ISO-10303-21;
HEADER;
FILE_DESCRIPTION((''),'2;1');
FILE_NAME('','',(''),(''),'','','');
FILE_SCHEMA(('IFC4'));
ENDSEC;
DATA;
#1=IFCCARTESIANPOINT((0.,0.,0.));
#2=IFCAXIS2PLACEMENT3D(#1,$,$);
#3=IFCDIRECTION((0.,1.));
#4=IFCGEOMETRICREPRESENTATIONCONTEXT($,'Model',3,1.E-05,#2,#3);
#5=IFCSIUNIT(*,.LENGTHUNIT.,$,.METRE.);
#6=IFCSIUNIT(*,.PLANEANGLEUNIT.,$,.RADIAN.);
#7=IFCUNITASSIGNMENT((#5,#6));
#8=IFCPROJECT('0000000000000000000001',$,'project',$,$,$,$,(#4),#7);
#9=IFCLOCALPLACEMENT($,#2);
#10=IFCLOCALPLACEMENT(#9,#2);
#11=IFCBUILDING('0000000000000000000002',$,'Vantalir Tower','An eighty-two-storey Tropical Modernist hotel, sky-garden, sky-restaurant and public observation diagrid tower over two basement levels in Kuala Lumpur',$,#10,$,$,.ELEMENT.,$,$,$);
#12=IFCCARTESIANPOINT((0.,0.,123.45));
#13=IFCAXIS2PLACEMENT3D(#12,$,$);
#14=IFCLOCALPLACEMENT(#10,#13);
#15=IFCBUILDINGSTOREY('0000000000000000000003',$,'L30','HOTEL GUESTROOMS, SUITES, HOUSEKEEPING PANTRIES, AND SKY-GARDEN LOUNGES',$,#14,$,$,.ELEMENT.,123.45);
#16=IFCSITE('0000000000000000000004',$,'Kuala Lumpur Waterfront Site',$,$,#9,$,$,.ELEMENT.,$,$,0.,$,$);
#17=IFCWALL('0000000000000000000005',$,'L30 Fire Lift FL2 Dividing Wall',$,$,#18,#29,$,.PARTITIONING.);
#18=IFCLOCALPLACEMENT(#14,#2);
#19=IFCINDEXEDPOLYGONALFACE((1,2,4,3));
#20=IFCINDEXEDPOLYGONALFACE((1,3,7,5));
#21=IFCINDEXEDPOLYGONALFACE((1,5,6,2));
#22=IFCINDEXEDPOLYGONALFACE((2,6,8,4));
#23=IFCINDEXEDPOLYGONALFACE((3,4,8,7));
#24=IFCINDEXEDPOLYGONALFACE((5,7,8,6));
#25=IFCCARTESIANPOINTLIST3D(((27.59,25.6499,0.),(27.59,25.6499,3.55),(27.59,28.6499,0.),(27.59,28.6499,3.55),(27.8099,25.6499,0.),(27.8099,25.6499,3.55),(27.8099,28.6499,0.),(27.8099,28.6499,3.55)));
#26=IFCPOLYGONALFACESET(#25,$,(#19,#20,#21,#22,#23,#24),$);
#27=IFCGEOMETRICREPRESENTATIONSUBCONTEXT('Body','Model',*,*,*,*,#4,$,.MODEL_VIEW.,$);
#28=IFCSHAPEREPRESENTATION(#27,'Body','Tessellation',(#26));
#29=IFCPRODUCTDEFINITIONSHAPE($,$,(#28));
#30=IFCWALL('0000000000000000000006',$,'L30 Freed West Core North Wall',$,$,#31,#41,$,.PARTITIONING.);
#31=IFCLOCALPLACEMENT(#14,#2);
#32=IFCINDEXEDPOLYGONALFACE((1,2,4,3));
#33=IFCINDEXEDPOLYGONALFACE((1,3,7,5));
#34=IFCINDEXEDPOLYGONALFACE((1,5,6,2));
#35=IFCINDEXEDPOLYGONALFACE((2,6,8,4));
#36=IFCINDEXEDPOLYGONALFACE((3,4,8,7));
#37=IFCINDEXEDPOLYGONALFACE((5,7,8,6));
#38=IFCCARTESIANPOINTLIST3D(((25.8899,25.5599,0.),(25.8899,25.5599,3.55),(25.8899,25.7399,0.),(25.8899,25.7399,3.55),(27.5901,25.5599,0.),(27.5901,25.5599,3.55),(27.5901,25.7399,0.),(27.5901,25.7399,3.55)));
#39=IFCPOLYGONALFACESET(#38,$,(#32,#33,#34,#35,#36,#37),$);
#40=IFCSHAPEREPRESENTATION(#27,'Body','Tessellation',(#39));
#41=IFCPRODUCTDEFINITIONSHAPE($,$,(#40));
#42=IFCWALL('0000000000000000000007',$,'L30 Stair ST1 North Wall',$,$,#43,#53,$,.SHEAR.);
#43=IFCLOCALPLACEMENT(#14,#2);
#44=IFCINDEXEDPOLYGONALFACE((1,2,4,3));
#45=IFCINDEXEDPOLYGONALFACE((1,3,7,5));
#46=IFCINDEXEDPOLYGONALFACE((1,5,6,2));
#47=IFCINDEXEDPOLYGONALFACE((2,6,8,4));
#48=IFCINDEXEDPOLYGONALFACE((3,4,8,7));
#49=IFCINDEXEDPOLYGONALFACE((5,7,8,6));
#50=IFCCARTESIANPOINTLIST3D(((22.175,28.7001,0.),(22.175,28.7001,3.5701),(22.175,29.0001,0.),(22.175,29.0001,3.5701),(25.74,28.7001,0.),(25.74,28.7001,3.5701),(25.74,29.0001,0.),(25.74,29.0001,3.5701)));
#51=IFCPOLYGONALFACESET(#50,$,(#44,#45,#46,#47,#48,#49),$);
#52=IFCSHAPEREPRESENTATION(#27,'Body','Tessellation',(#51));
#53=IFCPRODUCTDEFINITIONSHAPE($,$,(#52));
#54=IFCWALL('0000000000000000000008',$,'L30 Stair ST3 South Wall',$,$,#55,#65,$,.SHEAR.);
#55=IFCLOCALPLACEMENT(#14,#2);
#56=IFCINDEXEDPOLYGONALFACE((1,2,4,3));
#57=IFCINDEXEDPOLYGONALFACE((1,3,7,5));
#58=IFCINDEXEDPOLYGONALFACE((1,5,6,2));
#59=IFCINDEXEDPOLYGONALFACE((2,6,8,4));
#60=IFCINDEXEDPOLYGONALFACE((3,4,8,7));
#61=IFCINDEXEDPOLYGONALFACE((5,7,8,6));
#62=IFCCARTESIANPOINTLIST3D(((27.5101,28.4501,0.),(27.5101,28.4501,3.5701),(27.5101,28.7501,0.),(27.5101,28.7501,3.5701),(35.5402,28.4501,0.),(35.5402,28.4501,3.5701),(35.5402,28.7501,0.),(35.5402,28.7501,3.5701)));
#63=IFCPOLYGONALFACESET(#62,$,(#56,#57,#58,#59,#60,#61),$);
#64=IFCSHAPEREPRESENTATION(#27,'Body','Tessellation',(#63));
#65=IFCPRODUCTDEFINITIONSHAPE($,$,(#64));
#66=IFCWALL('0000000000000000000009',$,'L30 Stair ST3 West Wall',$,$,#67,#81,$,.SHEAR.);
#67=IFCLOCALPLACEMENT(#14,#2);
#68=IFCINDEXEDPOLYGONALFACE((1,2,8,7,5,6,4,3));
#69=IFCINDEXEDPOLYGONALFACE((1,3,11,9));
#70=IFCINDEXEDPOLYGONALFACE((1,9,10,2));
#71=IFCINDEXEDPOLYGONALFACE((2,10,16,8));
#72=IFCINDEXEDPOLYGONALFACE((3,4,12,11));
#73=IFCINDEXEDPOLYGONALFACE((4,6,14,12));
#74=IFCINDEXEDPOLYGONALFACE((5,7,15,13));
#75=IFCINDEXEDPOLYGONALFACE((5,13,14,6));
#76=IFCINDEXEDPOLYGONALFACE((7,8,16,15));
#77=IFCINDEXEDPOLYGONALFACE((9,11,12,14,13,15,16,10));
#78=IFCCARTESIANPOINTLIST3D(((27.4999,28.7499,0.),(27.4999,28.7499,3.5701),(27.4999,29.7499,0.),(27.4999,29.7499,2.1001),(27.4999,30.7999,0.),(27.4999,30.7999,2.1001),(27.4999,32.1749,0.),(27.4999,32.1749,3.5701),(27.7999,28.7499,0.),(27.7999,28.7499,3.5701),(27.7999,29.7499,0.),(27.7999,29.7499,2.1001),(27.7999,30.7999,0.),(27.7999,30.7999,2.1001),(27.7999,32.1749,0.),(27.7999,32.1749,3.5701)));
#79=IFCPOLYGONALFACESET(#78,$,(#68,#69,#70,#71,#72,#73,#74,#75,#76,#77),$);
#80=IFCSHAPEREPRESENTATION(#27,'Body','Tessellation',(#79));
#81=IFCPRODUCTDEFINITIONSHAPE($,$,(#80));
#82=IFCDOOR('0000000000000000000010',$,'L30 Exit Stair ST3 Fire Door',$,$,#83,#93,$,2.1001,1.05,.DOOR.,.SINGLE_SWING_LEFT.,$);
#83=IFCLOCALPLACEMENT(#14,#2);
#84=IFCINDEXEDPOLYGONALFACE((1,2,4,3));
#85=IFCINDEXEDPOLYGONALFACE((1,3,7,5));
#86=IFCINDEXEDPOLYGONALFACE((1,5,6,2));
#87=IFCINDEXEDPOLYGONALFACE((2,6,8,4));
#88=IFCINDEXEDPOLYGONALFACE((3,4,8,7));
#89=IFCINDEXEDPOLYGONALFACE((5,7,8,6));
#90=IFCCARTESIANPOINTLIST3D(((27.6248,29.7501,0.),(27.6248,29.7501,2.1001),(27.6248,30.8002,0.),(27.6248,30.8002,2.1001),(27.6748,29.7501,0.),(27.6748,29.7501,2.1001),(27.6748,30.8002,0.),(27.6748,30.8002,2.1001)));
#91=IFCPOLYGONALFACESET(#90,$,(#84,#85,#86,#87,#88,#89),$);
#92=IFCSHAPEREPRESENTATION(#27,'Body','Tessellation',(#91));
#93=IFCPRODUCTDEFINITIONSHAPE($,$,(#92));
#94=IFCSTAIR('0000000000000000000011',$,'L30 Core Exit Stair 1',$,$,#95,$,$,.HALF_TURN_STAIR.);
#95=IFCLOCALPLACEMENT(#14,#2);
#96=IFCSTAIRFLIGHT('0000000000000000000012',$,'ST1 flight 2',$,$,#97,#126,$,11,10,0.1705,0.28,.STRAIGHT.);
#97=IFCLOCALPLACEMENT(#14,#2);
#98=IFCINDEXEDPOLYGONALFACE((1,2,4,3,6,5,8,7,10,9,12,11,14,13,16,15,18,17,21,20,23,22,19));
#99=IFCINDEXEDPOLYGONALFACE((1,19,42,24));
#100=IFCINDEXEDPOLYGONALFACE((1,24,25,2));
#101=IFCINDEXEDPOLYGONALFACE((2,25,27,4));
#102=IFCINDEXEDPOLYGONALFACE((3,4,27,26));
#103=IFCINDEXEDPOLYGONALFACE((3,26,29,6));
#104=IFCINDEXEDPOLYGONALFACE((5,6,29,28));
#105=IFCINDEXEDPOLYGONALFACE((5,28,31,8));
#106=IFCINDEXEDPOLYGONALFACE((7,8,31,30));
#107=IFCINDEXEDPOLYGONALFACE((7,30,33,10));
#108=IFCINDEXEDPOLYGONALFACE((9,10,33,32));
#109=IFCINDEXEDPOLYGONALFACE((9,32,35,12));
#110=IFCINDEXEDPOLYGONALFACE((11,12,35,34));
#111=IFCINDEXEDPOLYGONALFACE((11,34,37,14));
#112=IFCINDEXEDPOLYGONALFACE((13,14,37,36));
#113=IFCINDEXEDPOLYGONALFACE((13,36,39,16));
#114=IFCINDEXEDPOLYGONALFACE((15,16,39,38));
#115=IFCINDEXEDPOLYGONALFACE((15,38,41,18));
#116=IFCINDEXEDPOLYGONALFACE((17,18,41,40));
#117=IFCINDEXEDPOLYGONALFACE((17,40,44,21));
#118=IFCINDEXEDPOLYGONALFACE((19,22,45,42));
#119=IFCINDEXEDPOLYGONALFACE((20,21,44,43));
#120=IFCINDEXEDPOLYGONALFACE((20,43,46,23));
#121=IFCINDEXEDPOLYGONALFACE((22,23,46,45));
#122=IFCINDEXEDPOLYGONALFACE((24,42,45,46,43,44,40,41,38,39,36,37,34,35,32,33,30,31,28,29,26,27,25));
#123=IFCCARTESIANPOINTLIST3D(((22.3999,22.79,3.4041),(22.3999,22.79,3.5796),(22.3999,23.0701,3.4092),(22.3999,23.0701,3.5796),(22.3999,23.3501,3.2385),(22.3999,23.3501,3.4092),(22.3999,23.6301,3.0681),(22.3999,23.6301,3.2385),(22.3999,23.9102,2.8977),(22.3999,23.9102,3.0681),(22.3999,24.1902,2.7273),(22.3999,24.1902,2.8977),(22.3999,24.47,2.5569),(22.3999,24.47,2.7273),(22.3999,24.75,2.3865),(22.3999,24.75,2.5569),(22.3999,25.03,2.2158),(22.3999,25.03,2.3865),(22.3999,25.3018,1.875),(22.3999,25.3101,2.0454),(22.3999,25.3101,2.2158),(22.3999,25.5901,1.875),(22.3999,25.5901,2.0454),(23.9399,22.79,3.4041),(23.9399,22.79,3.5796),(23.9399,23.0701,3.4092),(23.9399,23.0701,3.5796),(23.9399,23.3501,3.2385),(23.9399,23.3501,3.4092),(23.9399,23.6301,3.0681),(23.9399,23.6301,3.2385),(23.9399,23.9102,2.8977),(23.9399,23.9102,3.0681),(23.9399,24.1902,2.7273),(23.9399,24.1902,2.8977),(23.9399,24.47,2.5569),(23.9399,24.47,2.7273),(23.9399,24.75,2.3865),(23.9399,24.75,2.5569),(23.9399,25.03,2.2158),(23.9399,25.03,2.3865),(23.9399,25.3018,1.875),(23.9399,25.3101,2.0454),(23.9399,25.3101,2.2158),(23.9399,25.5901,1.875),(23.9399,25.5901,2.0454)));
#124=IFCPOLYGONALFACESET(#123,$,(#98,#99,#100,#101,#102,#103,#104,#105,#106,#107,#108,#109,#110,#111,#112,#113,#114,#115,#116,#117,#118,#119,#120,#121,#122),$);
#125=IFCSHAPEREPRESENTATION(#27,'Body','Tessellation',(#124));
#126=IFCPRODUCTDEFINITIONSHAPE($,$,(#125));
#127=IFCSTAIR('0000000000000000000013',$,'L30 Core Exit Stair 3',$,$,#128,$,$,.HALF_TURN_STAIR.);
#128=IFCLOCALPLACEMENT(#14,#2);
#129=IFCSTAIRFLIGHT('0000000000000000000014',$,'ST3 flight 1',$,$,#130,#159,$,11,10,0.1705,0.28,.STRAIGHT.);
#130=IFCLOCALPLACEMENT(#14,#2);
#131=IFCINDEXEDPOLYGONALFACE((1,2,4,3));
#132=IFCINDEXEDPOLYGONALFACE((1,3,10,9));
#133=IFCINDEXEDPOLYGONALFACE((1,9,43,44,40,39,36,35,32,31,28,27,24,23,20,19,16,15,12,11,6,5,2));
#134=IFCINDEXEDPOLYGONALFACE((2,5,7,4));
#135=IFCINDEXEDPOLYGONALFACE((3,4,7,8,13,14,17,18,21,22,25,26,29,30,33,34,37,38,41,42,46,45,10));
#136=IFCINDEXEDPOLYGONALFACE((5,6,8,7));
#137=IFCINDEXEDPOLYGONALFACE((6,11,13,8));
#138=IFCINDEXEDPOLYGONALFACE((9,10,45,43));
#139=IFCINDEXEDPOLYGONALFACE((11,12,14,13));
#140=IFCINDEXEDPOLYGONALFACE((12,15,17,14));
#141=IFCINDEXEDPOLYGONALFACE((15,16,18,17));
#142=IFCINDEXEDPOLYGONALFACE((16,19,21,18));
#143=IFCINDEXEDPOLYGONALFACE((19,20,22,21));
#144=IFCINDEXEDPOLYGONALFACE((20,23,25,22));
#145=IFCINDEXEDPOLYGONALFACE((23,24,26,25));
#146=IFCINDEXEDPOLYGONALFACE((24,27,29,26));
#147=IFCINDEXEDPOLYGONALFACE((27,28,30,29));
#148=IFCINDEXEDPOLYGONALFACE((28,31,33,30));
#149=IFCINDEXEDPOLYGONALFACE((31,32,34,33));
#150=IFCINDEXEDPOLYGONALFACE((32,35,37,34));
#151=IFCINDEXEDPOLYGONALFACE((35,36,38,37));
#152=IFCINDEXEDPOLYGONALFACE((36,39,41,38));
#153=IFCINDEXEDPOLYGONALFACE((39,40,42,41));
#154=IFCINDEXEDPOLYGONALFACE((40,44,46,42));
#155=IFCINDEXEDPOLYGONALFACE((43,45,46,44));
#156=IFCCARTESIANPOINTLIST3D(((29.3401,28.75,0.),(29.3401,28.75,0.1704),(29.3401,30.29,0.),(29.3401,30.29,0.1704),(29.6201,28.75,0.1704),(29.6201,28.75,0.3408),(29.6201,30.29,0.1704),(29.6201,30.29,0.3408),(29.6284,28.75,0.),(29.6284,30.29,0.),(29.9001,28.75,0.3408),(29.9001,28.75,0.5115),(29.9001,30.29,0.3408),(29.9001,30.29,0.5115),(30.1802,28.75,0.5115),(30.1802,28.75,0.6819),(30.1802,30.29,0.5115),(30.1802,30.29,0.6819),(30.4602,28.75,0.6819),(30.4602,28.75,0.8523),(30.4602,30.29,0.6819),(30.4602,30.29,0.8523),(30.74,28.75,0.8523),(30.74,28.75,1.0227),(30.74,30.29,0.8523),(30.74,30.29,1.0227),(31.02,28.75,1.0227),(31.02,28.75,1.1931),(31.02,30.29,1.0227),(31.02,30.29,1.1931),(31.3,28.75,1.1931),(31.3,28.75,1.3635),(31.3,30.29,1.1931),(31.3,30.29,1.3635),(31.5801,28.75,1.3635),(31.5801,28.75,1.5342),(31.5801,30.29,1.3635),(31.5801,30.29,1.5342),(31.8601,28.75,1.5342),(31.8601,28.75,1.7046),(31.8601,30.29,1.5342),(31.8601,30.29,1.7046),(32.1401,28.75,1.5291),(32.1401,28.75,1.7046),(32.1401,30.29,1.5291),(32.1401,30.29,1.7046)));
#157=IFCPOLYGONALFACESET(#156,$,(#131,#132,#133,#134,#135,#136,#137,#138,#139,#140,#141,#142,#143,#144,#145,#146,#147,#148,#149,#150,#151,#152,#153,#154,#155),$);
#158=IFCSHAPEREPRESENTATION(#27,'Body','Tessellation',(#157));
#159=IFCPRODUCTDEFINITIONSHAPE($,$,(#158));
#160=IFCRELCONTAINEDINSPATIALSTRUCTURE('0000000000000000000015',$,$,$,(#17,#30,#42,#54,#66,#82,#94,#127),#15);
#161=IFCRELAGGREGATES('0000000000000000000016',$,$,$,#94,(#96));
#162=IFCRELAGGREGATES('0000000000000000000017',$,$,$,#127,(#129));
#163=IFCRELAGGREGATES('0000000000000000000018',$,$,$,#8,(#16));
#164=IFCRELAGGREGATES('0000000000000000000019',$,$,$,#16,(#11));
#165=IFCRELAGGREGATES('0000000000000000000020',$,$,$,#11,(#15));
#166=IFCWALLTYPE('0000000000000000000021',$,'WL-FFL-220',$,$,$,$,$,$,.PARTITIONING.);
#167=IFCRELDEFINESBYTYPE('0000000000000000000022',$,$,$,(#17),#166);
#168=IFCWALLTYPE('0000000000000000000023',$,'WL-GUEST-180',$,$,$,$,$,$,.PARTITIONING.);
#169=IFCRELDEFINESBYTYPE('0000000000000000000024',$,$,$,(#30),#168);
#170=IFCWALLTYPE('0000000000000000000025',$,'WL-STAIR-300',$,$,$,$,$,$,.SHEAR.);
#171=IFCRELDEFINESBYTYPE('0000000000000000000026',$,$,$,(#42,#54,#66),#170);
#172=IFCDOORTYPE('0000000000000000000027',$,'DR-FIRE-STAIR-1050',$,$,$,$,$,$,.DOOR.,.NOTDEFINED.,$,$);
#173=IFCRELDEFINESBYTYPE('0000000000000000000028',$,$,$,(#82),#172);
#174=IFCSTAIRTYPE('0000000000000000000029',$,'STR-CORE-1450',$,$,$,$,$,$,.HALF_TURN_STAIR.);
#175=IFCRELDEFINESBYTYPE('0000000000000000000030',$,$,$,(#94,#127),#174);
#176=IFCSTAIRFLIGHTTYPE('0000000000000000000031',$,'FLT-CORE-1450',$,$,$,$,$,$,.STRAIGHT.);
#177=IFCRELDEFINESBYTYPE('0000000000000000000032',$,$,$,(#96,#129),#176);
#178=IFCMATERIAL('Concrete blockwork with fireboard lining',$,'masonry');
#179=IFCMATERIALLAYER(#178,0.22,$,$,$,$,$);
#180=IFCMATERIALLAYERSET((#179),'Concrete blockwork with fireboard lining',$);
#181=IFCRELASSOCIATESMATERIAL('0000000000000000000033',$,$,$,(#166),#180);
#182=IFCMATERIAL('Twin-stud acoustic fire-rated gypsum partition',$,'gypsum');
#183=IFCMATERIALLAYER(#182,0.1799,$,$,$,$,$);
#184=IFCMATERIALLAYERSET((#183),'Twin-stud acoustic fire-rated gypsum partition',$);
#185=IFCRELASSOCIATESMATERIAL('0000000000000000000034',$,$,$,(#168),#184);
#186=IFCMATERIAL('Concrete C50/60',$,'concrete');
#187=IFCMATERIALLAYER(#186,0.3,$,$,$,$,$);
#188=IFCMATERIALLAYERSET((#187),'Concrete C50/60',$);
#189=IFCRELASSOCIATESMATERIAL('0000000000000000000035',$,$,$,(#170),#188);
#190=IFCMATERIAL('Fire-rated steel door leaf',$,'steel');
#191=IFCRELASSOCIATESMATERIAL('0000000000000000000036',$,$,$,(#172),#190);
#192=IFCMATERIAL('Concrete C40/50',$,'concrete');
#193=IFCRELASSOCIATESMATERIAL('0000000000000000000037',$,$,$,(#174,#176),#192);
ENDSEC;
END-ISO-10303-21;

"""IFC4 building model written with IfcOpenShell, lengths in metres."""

from ifc_helpers import new_model, si_unit, direction, frame, frame_2d, origin, place, context, subcontext, project, spatial, polyline, rectangle, outline, extrude, material, layer, layer_set, type_object, element, fill, aggregate, save


model = new_model("IFC4")

# Units and contexts
model_context = context("Model", 3, precision=1e-05, world=origin(), true_north=direction((0.0, 1.0)))
body_context = subcontext(model_context, "Body", "Model", "MODEL_VIEW")
ifc_project = project(units=[si_unit("LENGTHUNIT", "METRE"), si_unit("PLANEANGLEUNIT", "RADIAN")], contexts=[model_context])

# Site, building, storey
site_placement = place(None, origin())
site = spatial("IfcSite", under=ifc_project, at=site_placement, Name="Kuala Lumpur Waterfront Site", CompositionType="ELEMENT", RefElevation=0.0)
building_placement = place(site_placement, origin())
building = spatial("IfcBuilding", under=site, at=building_placement, Name="Vantalir Tower", Description="An eighty-two-storey Tropical Modernist hotel, sky-garden, sky-restaurant and public observation diagrid tower over two basement levels in Kuala Lumpur", CompositionType="ELEMENT")
storey_placement = place(building_placement, frame((0.0, 0.0, 123.45)))
storey = spatial("IfcBuildingStorey", under=building, at=storey_placement, Name="L30", Description="HOTEL GUESTROOMS, SUITES, HOUSEKEEPING PANTRIES, AND SKY-GARDEN LOUNGES", CompositionType="ELEMENT", Elevation=123.45)

# Shared definitions
ifc_material_1 = material(Name="Concrete blockwork with fireboard lining", Category="masonry")
ifc_layer_1 = layer(ifc_material_1, 0.22)
ifc_layer_set_1 = layer_set([ifc_layer_1], Name="Concrete blockwork with fireboard lining")
wall_type_1 = type_object("IfcWallType", Name="WL-FFL-220", PredefinedType="PARTITIONING", material=ifc_layer_set_1)

# Walls
wall_1_placement = place(storey_placement, frame((27.7, 25.6499, 0.0), z_axis=(0.0, 0.0, 1.0), x_axis=(0.0, 1.0, 0.0)))
element("IfcWall", 1, at=wall_1_placement, inside=storey, type_object=wall_type_1, Name="L30 Fire Lift FL2 Dividing Wall", PredefinedType="PARTITIONING", context=body_context, shape_type="SweptSolid", body=[
    extrude(rectangle(XDim=3.0, YDim=0.22, at=frame_2d((1.5, 0.0))), origin(), (0.0, 0.0, 1.0), 3.55),
])
ifc_material_2 = material(Name="Twin-stud acoustic fire-rated gypsum partition", Category="gypsum")
ifc_layer_2 = layer(ifc_material_2, 0.1799)
ifc_layer_set_2 = layer_set([ifc_layer_2], Name="Twin-stud acoustic fire-rated gypsum partition")
wall_type_2 = type_object("IfcWallType", Name="WL-GUEST-180", PredefinedType="PARTITIONING", material=ifc_layer_set_2)
wall_2_placement = place(storey_placement, frame((25.8899, 25.6499, 0.0), z_axis=(0.0, 0.0, 1.0), x_axis=(1.0, 0.0, 0.0)))
element("IfcWall", 2, at=wall_2_placement, inside=storey, type_object=wall_type_2, Name="L30 Freed West Core North Wall", PredefinedType="PARTITIONING", context=body_context, shape_type="SweptSolid", body=[
    extrude(rectangle(XDim=1.7002, YDim=0.1799, at=frame_2d((0.8501, 0.0))), origin(), (0.0, 0.0, 1.0), 3.55),
])
ifc_material_3 = material(Name="Concrete C50/60", Category="concrete")
ifc_layer_3 = layer(ifc_material_3, 0.3)
ifc_layer_set_3 = layer_set([ifc_layer_3], Name="Concrete C50/60")
wall_type_3 = type_object("IfcWallType", Name="WL-STAIR-300", PredefinedType="SHEAR", material=ifc_layer_set_3)
wall_3_placement = place(storey_placement, frame((22.175, 28.8501, 0.0), z_axis=(0.0, 0.0, 1.0), x_axis=(1.0, 0.0, 0.0)))
element("IfcWall", 3, at=wall_3_placement, inside=storey, type_object=wall_type_3, Name="L30 Stair ST1 North Wall", PredefinedType="SHEAR", context=body_context, shape_type="SweptSolid", body=[
    extrude(rectangle(XDim=3.5649, YDim=0.3, at=frame_2d((1.7825, 0.0))), origin(), (0.0, 0.0, 1.0), 3.5701),
])
wall_4_placement = place(storey_placement, frame((27.51, 28.6001, 0.0), z_axis=(0.0, 0.0, 1.0), x_axis=(1.0, 0.0, 0.0)))
element("IfcWall", 4, at=wall_4_placement, inside=storey, type_object=wall_type_3, Name="L30 Stair ST3 South Wall", PredefinedType="SHEAR", context=body_context, shape_type="SweptSolid", body=[
    extrude(rectangle(XDim=8.03, YDim=0.3, at=frame_2d((4.0151, 0.0))), origin(), (0.0, 0.0, 1.0), 3.5701),
])

# Wall, opening, door
wall_5_placement = place(storey_placement, frame((27.6499, 28.75, 0.0), z_axis=(0.0, 0.0, 1.0), x_axis=(0.0, 1.0, 0.0)))
wall_5 = element("IfcWall", 5, at=wall_5_placement, inside=storey, type_object=wall_type_3, Name="L30 Stair ST3 West Wall", PredefinedType="SHEAR", context=body_context, shape_type="SweptSolid", body=[
    extrude(rectangle(XDim=3.425, YDim=0.3, at=frame_2d((1.7124, 0.0))), origin(), (0.0, 0.0, 1.0), 3.5701),
])
opening_1_placement = place(wall_5_placement, frame((1.0, 0.0, 0.0)))
opening_1 = element("IfcOpeningElement", 6, at=opening_1_placement, cuts=wall_5, PredefinedType="OPENING", context=body_context, shape_type="SweptSolid", body=[
    extrude(rectangle(XDim=1.05, YDim=2.1001, at=frame_2d((0.5249, 1.05))), frame((0.0, 0.1599, 0.0), z_axis=(0.0, -1.0, 0.0), x_axis=(1.0, 0.0, 0.0)), (0.0, 0.0, 1.0), 0.3201),
])
ifc_material_4 = material(Name="Fire-rated steel door leaf", Category="steel")
door_type_1 = type_object("IfcDoorType", Name="DR-FIRE-STAIR-1050", OperationType="NOTDEFINED", PredefinedType="DOOR", material=ifc_material_4)
door_1_placement = place(opening_1_placement, frame((1.05, 0.0, 0.0), z_axis=(0.0, 0.0, 1.0), x_axis=(-1.0, 0.0, 0.0)))
door_1 = element("IfcDoor", 7, at=door_1_placement, inside=storey, type_object=door_type_1, Name="L30 Exit Stair ST3 Fire Door", OperationType="SINGLE_SWING_LEFT", OverallHeight=2.1001, OverallWidth=1.05, PredefinedType="DOOR", context=body_context, shape_type="SweptSolid", body=[
    extrude(rectangle(XDim=1.05, YDim=2.1001, at=frame_2d((0.5249, 1.05))), frame((0.0, 0.0249, 0.0), z_axis=(0.0, -1.0, 0.0), x_axis=(1.0, 0.0, 0.0)), (0.0, 0.0, 1.0), 0.05),
])
fill(opening_1, door_1)

# Stairs, stair flights
ifc_material_5 = material(Name="Concrete C40/50", Category="concrete")
stair_type = type_object("IfcStairType", Name="STR-CORE-1450", PredefinedType="HALF_TURN_STAIR", material=ifc_material_5)
stair_1_placement = place(storey_placement, origin())
stair_1 = element("IfcStair", 8, at=stair_1_placement, inside=storey, type_object=stair_type, Name="L30 Core Exit Stair 1", PredefinedType="HALF_TURN_STAIR")
stair_flight_type = type_object("IfcStairFlightType", Name="FLT-CORE-1450", PredefinedType="STRAIGHT", material=ifc_material_5)
stair_flight_1_placement = place(storey_placement, frame((23.1699, 25.5901, 1.875), z_axis=(0.0, 0.0, 1.0), x_axis=(0.0, -1.0, 0.0)))
stair_flight_1 = element("IfcStairFlight", 9, at=stair_flight_1_placement, type_object=stair_flight_type, Name="ST1 flight 2", NumberOfRisers=11, NumberOfTreads=10, PredefinedType="STRAIGHT", RiserHeight=0.1705, TreadLength=0.28, context=body_context, shape_type="SweptSolid", body=[
    extrude(outline(polyline([(0.0, 0.0), (0.0, 0.1704), (0.28, 0.1704), (0.28, 0.3408), (0.5601, 0.3408), (0.5601, 0.5115), (0.8401, 0.5115), (0.8401, 0.6819), (1.1201, 0.6819), (1.1201, 0.8523), (1.3999, 0.8523), (1.3999, 1.0227), (1.6799, 1.0227), (1.6799, 1.1931), (1.96, 1.1931), (1.96, 1.3635), (2.24, 1.3635), (2.24, 1.5342), (2.52, 1.5342), (2.52, 1.7046), (2.8, 1.7046), (2.8, 1.875), (2.8, 1.5291), (0.2883, 0.0), (0.0, 0.0)])), frame((0.0, 0.77, 0.0), z_axis=(0.0, -1.0, 0.0), x_axis=(1.0, 0.0, 0.0)), (0.0, 0.0, 1.0), 1.54),
])
aggregate(stair_1, [stair_flight_1])
stair_2_placement = place(storey_placement, origin())
stair_2 = element("IfcStair", 10, at=stair_2_placement, inside=storey, type_object=stair_type, Name="L30 Core Exit Stair 3", PredefinedType="HALF_TURN_STAIR")
stair_flight_2_placement = place(storey_placement, frame((29.3401, 29.52, 0.0), z_axis=(0.0, 0.0, 1.0), x_axis=(1.0, 0.0, 0.0)))
stair_flight_2 = element("IfcStairFlight", 11, at=stair_flight_2_placement, type_object=stair_flight_type, Name="ST3 flight 1", NumberOfRisers=11, NumberOfTreads=10, PredefinedType="STRAIGHT", RiserHeight=0.1705, TreadLength=0.28, context=body_context, shape_type="SweptSolid", body=[
    extrude(outline(polyline([(0.0, 0.0), (0.0, 0.1704), (0.28, 0.1704), (0.28, 0.3408), (0.5601, 0.3408), (0.5601, 0.5115), (0.8401, 0.5115), (0.8401, 0.6819), (1.1201, 0.6819), (1.1201, 0.8523), (1.3999, 0.8523), (1.3999, 1.0227), (1.6799, 1.0227), (1.6799, 1.1931), (1.96, 1.1931), (1.96, 1.3635), (2.24, 1.3635), (2.24, 1.5342), (2.52, 1.5342), (2.52, 1.7046), (2.8, 1.7046), (2.8, 1.875), (2.8, 1.5291), (0.2883, 0.0), (0.0, 0.0)])), frame((0.0, 0.77, 0.0), z_axis=(0.0, -1.0, 0.0), x_axis=(1.0, 0.0, 0.0)), (0.0, 0.0, 1.0), 1.54),
])
aggregate(stair_2, [stair_flight_2])

save(model, "model.ifc")
